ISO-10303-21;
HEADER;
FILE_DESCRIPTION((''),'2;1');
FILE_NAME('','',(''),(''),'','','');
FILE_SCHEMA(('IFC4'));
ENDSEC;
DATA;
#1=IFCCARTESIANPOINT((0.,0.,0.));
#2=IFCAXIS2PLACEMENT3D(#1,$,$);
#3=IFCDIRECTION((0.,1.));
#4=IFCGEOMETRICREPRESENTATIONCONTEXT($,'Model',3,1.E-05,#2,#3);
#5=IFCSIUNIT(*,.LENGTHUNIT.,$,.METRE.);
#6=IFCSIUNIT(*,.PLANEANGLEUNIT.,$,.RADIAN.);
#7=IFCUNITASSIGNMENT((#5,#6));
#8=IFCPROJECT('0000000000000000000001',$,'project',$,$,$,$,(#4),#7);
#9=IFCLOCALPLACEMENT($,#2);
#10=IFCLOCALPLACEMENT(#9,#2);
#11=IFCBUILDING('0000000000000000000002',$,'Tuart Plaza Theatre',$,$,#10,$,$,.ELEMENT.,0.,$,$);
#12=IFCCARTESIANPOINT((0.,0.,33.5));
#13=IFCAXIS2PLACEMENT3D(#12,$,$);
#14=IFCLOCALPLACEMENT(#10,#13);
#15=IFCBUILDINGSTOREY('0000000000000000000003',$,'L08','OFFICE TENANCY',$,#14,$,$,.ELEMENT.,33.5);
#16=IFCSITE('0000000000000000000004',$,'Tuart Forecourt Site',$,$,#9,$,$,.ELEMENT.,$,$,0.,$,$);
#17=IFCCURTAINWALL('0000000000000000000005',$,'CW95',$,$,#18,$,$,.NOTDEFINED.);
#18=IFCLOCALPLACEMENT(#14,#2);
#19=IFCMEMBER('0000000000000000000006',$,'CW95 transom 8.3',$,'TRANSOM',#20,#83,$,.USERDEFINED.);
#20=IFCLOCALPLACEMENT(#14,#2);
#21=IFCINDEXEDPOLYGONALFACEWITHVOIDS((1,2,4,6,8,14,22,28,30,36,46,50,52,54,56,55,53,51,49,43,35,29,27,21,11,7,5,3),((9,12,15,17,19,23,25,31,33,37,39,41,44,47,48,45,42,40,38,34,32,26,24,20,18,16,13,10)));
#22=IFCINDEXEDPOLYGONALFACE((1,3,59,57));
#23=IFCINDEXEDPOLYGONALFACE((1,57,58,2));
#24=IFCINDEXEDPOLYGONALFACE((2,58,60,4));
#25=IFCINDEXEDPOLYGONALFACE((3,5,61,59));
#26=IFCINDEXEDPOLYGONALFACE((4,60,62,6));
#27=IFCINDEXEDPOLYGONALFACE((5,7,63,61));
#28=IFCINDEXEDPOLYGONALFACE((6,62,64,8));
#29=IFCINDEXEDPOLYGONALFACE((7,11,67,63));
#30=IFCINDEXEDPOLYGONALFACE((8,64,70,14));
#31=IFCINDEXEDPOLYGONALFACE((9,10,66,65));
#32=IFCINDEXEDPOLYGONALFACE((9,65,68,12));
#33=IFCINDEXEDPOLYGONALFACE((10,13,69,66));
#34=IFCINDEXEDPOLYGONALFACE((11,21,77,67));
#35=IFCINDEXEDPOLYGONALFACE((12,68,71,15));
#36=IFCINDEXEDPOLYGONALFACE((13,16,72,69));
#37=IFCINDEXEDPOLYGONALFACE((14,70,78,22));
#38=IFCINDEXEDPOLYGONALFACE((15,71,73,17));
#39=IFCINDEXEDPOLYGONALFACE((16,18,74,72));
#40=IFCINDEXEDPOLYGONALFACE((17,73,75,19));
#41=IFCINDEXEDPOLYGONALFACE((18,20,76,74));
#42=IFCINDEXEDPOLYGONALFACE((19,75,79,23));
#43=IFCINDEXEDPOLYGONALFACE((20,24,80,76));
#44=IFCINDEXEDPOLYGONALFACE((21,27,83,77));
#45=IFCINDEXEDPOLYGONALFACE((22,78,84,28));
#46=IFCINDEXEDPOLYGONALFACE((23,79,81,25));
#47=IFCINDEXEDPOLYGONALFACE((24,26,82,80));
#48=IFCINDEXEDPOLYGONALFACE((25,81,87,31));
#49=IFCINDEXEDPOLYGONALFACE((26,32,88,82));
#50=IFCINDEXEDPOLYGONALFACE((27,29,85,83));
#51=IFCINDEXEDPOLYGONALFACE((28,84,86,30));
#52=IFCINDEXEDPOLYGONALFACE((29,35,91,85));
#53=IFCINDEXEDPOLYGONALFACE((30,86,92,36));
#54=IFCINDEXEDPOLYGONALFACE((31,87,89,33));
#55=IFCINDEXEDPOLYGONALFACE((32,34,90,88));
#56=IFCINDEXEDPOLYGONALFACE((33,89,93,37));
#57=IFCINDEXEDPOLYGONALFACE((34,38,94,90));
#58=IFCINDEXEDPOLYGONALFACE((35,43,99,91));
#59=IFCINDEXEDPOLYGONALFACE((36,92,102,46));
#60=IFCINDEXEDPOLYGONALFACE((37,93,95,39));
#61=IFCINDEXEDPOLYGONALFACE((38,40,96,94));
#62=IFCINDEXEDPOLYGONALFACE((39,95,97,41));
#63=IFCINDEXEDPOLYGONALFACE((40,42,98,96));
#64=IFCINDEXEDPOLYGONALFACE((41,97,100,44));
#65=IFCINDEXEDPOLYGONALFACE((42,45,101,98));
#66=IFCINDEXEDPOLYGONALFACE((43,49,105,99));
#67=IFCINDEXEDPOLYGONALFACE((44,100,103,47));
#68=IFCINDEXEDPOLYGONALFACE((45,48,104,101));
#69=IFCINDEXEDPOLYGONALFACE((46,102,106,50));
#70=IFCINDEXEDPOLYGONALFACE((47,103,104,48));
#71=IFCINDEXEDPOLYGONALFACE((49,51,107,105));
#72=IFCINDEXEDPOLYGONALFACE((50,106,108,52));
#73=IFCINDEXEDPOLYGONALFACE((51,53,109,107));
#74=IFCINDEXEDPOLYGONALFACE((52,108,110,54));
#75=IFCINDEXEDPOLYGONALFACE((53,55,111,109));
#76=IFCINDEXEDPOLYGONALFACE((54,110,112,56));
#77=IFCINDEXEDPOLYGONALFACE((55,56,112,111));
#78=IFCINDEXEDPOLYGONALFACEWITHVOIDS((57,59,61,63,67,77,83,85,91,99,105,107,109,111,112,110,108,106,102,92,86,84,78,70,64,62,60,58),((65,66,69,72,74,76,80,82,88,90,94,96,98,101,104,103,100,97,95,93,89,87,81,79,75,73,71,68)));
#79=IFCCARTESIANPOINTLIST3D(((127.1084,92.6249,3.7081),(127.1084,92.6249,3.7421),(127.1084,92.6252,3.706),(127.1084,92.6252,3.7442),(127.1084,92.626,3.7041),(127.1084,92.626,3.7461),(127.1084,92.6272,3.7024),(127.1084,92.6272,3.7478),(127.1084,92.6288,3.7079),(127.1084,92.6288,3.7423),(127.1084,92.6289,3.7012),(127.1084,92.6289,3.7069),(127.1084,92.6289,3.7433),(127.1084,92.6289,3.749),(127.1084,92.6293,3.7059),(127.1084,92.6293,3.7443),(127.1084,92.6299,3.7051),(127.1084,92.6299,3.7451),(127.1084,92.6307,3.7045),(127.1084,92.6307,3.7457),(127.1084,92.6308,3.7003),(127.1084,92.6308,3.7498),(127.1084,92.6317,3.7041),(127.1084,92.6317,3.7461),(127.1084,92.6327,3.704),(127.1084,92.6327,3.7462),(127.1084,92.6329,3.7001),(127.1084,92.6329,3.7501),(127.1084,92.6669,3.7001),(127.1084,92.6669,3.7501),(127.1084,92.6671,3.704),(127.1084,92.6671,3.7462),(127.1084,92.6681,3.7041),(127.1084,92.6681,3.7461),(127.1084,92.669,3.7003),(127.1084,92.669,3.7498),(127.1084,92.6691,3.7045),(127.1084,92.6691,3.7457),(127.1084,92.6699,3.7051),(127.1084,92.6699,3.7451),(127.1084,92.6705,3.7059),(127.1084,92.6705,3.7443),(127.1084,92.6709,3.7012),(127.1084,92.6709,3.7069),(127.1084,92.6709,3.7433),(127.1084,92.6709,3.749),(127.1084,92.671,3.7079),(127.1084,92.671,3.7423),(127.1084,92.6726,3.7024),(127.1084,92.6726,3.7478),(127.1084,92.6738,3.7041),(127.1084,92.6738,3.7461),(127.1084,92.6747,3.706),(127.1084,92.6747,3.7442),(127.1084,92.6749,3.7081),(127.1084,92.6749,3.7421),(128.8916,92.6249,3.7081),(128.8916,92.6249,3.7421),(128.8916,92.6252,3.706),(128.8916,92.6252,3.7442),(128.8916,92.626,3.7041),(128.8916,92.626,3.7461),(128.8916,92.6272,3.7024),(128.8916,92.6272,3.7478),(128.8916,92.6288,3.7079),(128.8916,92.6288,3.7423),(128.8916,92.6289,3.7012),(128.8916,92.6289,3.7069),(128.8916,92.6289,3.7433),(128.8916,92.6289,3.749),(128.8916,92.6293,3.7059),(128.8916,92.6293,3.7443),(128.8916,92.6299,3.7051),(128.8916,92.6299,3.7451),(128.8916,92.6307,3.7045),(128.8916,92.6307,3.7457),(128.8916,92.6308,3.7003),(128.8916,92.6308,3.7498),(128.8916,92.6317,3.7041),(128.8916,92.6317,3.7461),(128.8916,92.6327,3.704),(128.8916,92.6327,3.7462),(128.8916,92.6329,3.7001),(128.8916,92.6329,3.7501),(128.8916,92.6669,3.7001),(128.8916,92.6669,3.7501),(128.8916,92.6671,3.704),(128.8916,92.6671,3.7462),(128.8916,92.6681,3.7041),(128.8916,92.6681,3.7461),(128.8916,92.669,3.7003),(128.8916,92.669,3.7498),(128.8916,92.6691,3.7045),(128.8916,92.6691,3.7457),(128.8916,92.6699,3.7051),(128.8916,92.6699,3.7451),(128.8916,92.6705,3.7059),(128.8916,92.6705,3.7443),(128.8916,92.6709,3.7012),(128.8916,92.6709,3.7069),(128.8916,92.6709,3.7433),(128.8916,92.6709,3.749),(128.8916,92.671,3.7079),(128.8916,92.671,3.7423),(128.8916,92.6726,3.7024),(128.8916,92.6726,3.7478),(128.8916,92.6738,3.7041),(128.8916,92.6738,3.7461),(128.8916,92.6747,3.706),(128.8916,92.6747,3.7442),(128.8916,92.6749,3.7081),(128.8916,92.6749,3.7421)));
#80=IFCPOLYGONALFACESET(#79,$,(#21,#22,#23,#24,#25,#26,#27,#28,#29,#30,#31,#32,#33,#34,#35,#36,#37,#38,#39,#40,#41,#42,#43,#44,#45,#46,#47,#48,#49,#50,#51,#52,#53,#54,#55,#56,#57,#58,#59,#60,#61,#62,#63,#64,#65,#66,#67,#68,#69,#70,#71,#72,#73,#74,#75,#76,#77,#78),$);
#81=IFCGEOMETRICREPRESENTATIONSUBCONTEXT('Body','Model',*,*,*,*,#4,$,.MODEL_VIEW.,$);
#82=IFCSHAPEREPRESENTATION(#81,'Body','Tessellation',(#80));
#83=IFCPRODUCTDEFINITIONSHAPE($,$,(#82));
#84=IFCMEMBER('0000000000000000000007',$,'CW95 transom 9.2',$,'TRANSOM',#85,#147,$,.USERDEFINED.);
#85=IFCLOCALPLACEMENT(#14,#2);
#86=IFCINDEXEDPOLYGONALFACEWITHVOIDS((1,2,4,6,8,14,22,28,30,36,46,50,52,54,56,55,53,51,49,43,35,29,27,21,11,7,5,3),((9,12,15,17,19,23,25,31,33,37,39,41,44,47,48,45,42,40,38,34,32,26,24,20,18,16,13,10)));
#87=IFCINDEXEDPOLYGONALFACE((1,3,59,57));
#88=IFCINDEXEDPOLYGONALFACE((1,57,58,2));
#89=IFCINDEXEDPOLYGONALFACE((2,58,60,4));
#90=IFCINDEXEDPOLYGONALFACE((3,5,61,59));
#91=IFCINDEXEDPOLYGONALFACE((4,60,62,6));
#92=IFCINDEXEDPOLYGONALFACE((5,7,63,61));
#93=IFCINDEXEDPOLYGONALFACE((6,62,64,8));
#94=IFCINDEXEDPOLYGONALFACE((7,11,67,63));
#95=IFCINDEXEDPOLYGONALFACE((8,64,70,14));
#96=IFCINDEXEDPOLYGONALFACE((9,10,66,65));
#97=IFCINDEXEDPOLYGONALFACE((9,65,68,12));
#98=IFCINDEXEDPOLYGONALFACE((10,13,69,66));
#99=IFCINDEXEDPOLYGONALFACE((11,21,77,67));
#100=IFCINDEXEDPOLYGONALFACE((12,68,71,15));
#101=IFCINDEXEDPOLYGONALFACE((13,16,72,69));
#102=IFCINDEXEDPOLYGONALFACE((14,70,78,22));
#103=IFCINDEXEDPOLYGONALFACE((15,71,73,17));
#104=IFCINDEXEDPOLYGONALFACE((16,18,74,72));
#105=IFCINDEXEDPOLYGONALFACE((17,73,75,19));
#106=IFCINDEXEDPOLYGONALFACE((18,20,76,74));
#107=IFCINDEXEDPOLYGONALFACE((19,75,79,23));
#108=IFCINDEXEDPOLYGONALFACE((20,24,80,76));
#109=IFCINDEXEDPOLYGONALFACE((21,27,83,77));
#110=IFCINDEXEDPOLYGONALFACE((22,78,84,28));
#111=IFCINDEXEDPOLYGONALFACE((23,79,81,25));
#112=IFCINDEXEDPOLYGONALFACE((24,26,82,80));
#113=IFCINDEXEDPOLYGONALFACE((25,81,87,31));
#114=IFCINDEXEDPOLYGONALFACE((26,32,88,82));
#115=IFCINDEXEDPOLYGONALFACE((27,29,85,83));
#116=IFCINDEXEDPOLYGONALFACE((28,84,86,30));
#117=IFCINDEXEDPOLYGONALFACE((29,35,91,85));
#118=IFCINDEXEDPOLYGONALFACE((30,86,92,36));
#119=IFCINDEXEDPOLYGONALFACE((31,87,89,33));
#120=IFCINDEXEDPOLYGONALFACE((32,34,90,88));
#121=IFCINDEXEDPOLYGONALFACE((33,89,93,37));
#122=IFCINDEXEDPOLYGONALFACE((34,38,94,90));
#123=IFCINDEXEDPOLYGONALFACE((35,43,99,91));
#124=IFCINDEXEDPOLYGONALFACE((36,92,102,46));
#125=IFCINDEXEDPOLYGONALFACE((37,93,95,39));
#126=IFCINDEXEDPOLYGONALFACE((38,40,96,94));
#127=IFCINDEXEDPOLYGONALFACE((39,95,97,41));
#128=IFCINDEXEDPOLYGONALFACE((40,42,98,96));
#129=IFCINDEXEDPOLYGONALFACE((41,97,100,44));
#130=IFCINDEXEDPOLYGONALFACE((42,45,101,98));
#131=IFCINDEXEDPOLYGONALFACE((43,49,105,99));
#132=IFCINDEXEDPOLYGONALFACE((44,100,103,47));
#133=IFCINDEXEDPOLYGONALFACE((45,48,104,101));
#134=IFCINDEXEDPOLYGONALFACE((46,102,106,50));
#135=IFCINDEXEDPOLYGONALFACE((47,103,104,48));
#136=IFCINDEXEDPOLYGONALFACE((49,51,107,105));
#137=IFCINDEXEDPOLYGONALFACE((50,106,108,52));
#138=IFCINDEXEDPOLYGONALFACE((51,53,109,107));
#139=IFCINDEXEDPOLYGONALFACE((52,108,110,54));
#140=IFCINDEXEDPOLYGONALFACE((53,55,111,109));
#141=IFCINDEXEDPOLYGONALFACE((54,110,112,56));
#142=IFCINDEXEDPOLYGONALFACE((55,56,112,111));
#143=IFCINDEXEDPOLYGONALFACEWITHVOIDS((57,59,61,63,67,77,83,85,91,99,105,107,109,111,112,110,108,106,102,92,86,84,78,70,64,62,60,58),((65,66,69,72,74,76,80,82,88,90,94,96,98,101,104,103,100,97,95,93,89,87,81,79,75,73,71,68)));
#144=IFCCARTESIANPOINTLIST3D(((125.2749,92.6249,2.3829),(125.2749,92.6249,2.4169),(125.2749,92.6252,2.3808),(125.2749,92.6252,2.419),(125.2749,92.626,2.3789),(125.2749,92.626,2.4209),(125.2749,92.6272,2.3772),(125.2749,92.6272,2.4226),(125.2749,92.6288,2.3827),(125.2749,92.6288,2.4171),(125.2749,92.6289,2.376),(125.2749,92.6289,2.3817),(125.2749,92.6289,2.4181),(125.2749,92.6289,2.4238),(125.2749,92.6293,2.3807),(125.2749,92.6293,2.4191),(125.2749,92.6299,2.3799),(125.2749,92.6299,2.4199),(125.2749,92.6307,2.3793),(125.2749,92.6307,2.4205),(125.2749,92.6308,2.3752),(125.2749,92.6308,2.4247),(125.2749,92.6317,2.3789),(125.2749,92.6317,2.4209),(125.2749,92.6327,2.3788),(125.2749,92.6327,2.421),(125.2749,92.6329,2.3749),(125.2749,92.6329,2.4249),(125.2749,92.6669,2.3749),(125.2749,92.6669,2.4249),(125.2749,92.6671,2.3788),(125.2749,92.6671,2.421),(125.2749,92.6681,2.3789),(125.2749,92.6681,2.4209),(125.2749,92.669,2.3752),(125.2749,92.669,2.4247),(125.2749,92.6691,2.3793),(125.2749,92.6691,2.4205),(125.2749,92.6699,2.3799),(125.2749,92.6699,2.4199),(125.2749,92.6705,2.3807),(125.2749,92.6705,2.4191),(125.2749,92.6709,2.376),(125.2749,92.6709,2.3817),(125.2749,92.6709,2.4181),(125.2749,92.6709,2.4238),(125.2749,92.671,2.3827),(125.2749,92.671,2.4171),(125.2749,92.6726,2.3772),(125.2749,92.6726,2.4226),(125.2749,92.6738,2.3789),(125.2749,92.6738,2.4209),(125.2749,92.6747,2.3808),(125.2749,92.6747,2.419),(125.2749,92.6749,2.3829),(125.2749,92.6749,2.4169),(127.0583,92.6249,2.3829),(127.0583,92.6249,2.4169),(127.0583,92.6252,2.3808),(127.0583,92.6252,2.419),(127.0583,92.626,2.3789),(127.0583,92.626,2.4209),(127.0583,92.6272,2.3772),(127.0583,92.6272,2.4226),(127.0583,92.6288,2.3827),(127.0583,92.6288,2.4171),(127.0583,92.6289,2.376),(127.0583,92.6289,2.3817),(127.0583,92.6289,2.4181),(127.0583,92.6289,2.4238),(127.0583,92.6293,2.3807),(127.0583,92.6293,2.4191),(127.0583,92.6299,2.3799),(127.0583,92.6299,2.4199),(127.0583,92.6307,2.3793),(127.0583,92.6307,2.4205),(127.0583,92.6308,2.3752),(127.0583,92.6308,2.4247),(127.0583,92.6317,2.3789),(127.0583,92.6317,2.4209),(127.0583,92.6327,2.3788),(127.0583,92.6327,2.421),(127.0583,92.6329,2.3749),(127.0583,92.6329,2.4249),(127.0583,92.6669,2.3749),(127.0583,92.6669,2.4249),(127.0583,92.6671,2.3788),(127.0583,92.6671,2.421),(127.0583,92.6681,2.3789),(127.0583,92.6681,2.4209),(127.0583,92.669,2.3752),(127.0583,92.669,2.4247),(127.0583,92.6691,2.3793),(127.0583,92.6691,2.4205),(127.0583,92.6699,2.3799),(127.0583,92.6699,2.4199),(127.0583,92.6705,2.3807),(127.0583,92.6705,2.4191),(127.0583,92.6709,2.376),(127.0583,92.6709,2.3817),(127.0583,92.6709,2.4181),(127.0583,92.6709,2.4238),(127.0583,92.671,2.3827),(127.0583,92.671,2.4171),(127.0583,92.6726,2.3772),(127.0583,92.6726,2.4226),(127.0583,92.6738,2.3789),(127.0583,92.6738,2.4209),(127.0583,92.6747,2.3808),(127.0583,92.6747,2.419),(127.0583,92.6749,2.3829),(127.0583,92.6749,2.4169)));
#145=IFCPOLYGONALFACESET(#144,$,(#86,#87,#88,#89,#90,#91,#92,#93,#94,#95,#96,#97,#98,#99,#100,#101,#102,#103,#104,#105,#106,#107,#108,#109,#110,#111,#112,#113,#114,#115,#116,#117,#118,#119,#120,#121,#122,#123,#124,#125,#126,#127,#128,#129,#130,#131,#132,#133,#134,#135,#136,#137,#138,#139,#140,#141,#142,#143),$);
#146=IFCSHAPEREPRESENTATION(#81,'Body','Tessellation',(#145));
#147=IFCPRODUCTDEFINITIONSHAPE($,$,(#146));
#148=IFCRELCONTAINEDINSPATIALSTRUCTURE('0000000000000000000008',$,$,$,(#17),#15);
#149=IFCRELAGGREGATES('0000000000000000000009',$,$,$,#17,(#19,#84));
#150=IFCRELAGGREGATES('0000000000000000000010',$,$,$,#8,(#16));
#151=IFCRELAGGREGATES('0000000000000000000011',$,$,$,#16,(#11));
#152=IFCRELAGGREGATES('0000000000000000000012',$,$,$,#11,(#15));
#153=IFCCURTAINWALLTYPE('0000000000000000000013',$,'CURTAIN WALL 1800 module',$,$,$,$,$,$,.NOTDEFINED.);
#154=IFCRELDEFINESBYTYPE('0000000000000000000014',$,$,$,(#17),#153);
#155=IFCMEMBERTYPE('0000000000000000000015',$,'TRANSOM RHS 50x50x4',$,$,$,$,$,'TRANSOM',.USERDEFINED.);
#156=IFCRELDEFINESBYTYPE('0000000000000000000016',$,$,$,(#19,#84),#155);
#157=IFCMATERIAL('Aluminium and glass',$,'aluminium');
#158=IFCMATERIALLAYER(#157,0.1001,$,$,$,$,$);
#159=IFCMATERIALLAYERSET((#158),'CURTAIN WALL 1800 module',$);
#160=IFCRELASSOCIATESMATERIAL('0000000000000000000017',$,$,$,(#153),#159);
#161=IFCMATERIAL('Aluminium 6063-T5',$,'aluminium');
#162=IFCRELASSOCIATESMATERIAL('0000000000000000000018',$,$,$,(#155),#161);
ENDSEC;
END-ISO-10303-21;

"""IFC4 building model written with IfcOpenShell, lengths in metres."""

from ifc_helpers import new_model, si_unit, direction, frame, origin, origin_2d, place, context, subcontext, project, spatial, hollow_rectangle, extrude, material, layer, layer_set, material_profile, profile_set, type_object, element, aggregate, save


model = new_model("IFC4")

# Units and contexts
model_context = context("Model", 3, precision=1e-05, world=origin(), true_north=direction((0.0, 1.0)))
body_context = subcontext(model_context, "Body", "Model", "MODEL_VIEW")
ifc_project = project(units=[si_unit("LENGTHUNIT", "METRE"), si_unit("PLANEANGLEUNIT", "RADIAN")], contexts=[model_context])

# Site, building, storey
site_placement = place(None, origin())
site = spatial("IfcSite", under=ifc_project, at=site_placement, Name="Tuart Forecourt Site", CompositionType="ELEMENT", RefElevation=0.0)
building_placement = place(site_placement, origin())
building = spatial("IfcBuilding", under=site, at=building_placement, Name="Tuart Plaza Theatre", CompositionType="ELEMENT", ElevationOfRefHeight=0.0)
storey_placement = place(building_placement, frame((0.0, 0.0, 33.5)))
storey = spatial("IfcBuildingStorey", under=building, at=storey_placement, Name="L08", Description="OFFICE TENANCY", CompositionType="ELEMENT", Elevation=33.5)

# Curtain wall, members
ifc_material_1 = material(Name="Aluminium and glass", Category="aluminium")
ifc_layer_1 = layer(ifc_material_1, 0.1001)
ifc_layer_set_1 = layer_set([ifc_layer_1], Name="CURTAIN WALL 1800 module")
curtain_wall_type = type_object("IfcCurtainWallType", Name="CURTAIN WALL 1800 module", PredefinedType="NOTDEFINED", material=ifc_layer_set_1)
curtain_wall_placement = place(storey_placement, origin())
curtain_wall = element("IfcCurtainWall", 1, at=curtain_wall_placement, inside=storey, type_object=curtain_wall_type, Name="CW95", PredefinedType="NOTDEFINED")
ifc_material_2 = material(Name="Aluminium 6063-T5", Category="aluminium")
ifc_material_profile_1 = material_profile(ifc_material_2, hollow_rectangle(XDim=0.05, YDim=0.05, WallThickness=0.0039, InnerFilletRadius=0.0039, OuterFilletRadius=0.0081, at=origin_2d()), Name="RHS 50x50x4")
ifc_profile_set_1 = profile_set([ifc_material_profile_1], Name="Aluminium 6063-T5")
member_type_1 = type_object("IfcMemberType", Name="TRANSOM RHS 50x50x4", ElementType="TRANSOM", PredefinedType="USERDEFINED", material=ifc_profile_set_1)
member_1_placement = place(storey_placement, frame((128.8916, 92.6499, 3.7251), z_axis=(-1.0, 0.0, 0.0), x_axis=(0.0, -1.0, 0.0)))
member_1 = element("IfcMember", 2, at=member_1_placement, type_object=member_type_1, Name="CW95 transom 8.3", ObjectType="TRANSOM", PredefinedType="USERDEFINED", context=body_context, shape_type="SweptSolid", body=[
    extrude(hollow_rectangle(XDim=0.05, YDim=0.05, WallThickness=0.0039, InnerFilletRadius=0.0039, OuterFilletRadius=0.0081, at=origin_2d()), origin(), (0.0, 0.0, 1.0), 1.7832),
])
member_2_placement = place(storey_placement, frame((127.0583, 92.6499, 2.3999), z_axis=(-1.0, 0.0, 0.0), x_axis=(0.0, -1.0, 0.0)))
member_2 = element("IfcMember", 3, at=member_2_placement, type_object=member_type_1, Name="CW95 transom 9.2", ObjectType="TRANSOM", PredefinedType="USERDEFINED", context=body_context, shape_type="SweptSolid", body=[
    extrude(hollow_rectangle(XDim=0.05, YDim=0.05, WallThickness=0.0039, InnerFilletRadius=0.0039, OuterFilletRadius=0.0081, at=origin_2d()), origin(), (0.0, 0.0, 1.0), 1.7834),
])
aggregate(curtain_wall, [member_1, member_2])

save(model, "model.ifc")
